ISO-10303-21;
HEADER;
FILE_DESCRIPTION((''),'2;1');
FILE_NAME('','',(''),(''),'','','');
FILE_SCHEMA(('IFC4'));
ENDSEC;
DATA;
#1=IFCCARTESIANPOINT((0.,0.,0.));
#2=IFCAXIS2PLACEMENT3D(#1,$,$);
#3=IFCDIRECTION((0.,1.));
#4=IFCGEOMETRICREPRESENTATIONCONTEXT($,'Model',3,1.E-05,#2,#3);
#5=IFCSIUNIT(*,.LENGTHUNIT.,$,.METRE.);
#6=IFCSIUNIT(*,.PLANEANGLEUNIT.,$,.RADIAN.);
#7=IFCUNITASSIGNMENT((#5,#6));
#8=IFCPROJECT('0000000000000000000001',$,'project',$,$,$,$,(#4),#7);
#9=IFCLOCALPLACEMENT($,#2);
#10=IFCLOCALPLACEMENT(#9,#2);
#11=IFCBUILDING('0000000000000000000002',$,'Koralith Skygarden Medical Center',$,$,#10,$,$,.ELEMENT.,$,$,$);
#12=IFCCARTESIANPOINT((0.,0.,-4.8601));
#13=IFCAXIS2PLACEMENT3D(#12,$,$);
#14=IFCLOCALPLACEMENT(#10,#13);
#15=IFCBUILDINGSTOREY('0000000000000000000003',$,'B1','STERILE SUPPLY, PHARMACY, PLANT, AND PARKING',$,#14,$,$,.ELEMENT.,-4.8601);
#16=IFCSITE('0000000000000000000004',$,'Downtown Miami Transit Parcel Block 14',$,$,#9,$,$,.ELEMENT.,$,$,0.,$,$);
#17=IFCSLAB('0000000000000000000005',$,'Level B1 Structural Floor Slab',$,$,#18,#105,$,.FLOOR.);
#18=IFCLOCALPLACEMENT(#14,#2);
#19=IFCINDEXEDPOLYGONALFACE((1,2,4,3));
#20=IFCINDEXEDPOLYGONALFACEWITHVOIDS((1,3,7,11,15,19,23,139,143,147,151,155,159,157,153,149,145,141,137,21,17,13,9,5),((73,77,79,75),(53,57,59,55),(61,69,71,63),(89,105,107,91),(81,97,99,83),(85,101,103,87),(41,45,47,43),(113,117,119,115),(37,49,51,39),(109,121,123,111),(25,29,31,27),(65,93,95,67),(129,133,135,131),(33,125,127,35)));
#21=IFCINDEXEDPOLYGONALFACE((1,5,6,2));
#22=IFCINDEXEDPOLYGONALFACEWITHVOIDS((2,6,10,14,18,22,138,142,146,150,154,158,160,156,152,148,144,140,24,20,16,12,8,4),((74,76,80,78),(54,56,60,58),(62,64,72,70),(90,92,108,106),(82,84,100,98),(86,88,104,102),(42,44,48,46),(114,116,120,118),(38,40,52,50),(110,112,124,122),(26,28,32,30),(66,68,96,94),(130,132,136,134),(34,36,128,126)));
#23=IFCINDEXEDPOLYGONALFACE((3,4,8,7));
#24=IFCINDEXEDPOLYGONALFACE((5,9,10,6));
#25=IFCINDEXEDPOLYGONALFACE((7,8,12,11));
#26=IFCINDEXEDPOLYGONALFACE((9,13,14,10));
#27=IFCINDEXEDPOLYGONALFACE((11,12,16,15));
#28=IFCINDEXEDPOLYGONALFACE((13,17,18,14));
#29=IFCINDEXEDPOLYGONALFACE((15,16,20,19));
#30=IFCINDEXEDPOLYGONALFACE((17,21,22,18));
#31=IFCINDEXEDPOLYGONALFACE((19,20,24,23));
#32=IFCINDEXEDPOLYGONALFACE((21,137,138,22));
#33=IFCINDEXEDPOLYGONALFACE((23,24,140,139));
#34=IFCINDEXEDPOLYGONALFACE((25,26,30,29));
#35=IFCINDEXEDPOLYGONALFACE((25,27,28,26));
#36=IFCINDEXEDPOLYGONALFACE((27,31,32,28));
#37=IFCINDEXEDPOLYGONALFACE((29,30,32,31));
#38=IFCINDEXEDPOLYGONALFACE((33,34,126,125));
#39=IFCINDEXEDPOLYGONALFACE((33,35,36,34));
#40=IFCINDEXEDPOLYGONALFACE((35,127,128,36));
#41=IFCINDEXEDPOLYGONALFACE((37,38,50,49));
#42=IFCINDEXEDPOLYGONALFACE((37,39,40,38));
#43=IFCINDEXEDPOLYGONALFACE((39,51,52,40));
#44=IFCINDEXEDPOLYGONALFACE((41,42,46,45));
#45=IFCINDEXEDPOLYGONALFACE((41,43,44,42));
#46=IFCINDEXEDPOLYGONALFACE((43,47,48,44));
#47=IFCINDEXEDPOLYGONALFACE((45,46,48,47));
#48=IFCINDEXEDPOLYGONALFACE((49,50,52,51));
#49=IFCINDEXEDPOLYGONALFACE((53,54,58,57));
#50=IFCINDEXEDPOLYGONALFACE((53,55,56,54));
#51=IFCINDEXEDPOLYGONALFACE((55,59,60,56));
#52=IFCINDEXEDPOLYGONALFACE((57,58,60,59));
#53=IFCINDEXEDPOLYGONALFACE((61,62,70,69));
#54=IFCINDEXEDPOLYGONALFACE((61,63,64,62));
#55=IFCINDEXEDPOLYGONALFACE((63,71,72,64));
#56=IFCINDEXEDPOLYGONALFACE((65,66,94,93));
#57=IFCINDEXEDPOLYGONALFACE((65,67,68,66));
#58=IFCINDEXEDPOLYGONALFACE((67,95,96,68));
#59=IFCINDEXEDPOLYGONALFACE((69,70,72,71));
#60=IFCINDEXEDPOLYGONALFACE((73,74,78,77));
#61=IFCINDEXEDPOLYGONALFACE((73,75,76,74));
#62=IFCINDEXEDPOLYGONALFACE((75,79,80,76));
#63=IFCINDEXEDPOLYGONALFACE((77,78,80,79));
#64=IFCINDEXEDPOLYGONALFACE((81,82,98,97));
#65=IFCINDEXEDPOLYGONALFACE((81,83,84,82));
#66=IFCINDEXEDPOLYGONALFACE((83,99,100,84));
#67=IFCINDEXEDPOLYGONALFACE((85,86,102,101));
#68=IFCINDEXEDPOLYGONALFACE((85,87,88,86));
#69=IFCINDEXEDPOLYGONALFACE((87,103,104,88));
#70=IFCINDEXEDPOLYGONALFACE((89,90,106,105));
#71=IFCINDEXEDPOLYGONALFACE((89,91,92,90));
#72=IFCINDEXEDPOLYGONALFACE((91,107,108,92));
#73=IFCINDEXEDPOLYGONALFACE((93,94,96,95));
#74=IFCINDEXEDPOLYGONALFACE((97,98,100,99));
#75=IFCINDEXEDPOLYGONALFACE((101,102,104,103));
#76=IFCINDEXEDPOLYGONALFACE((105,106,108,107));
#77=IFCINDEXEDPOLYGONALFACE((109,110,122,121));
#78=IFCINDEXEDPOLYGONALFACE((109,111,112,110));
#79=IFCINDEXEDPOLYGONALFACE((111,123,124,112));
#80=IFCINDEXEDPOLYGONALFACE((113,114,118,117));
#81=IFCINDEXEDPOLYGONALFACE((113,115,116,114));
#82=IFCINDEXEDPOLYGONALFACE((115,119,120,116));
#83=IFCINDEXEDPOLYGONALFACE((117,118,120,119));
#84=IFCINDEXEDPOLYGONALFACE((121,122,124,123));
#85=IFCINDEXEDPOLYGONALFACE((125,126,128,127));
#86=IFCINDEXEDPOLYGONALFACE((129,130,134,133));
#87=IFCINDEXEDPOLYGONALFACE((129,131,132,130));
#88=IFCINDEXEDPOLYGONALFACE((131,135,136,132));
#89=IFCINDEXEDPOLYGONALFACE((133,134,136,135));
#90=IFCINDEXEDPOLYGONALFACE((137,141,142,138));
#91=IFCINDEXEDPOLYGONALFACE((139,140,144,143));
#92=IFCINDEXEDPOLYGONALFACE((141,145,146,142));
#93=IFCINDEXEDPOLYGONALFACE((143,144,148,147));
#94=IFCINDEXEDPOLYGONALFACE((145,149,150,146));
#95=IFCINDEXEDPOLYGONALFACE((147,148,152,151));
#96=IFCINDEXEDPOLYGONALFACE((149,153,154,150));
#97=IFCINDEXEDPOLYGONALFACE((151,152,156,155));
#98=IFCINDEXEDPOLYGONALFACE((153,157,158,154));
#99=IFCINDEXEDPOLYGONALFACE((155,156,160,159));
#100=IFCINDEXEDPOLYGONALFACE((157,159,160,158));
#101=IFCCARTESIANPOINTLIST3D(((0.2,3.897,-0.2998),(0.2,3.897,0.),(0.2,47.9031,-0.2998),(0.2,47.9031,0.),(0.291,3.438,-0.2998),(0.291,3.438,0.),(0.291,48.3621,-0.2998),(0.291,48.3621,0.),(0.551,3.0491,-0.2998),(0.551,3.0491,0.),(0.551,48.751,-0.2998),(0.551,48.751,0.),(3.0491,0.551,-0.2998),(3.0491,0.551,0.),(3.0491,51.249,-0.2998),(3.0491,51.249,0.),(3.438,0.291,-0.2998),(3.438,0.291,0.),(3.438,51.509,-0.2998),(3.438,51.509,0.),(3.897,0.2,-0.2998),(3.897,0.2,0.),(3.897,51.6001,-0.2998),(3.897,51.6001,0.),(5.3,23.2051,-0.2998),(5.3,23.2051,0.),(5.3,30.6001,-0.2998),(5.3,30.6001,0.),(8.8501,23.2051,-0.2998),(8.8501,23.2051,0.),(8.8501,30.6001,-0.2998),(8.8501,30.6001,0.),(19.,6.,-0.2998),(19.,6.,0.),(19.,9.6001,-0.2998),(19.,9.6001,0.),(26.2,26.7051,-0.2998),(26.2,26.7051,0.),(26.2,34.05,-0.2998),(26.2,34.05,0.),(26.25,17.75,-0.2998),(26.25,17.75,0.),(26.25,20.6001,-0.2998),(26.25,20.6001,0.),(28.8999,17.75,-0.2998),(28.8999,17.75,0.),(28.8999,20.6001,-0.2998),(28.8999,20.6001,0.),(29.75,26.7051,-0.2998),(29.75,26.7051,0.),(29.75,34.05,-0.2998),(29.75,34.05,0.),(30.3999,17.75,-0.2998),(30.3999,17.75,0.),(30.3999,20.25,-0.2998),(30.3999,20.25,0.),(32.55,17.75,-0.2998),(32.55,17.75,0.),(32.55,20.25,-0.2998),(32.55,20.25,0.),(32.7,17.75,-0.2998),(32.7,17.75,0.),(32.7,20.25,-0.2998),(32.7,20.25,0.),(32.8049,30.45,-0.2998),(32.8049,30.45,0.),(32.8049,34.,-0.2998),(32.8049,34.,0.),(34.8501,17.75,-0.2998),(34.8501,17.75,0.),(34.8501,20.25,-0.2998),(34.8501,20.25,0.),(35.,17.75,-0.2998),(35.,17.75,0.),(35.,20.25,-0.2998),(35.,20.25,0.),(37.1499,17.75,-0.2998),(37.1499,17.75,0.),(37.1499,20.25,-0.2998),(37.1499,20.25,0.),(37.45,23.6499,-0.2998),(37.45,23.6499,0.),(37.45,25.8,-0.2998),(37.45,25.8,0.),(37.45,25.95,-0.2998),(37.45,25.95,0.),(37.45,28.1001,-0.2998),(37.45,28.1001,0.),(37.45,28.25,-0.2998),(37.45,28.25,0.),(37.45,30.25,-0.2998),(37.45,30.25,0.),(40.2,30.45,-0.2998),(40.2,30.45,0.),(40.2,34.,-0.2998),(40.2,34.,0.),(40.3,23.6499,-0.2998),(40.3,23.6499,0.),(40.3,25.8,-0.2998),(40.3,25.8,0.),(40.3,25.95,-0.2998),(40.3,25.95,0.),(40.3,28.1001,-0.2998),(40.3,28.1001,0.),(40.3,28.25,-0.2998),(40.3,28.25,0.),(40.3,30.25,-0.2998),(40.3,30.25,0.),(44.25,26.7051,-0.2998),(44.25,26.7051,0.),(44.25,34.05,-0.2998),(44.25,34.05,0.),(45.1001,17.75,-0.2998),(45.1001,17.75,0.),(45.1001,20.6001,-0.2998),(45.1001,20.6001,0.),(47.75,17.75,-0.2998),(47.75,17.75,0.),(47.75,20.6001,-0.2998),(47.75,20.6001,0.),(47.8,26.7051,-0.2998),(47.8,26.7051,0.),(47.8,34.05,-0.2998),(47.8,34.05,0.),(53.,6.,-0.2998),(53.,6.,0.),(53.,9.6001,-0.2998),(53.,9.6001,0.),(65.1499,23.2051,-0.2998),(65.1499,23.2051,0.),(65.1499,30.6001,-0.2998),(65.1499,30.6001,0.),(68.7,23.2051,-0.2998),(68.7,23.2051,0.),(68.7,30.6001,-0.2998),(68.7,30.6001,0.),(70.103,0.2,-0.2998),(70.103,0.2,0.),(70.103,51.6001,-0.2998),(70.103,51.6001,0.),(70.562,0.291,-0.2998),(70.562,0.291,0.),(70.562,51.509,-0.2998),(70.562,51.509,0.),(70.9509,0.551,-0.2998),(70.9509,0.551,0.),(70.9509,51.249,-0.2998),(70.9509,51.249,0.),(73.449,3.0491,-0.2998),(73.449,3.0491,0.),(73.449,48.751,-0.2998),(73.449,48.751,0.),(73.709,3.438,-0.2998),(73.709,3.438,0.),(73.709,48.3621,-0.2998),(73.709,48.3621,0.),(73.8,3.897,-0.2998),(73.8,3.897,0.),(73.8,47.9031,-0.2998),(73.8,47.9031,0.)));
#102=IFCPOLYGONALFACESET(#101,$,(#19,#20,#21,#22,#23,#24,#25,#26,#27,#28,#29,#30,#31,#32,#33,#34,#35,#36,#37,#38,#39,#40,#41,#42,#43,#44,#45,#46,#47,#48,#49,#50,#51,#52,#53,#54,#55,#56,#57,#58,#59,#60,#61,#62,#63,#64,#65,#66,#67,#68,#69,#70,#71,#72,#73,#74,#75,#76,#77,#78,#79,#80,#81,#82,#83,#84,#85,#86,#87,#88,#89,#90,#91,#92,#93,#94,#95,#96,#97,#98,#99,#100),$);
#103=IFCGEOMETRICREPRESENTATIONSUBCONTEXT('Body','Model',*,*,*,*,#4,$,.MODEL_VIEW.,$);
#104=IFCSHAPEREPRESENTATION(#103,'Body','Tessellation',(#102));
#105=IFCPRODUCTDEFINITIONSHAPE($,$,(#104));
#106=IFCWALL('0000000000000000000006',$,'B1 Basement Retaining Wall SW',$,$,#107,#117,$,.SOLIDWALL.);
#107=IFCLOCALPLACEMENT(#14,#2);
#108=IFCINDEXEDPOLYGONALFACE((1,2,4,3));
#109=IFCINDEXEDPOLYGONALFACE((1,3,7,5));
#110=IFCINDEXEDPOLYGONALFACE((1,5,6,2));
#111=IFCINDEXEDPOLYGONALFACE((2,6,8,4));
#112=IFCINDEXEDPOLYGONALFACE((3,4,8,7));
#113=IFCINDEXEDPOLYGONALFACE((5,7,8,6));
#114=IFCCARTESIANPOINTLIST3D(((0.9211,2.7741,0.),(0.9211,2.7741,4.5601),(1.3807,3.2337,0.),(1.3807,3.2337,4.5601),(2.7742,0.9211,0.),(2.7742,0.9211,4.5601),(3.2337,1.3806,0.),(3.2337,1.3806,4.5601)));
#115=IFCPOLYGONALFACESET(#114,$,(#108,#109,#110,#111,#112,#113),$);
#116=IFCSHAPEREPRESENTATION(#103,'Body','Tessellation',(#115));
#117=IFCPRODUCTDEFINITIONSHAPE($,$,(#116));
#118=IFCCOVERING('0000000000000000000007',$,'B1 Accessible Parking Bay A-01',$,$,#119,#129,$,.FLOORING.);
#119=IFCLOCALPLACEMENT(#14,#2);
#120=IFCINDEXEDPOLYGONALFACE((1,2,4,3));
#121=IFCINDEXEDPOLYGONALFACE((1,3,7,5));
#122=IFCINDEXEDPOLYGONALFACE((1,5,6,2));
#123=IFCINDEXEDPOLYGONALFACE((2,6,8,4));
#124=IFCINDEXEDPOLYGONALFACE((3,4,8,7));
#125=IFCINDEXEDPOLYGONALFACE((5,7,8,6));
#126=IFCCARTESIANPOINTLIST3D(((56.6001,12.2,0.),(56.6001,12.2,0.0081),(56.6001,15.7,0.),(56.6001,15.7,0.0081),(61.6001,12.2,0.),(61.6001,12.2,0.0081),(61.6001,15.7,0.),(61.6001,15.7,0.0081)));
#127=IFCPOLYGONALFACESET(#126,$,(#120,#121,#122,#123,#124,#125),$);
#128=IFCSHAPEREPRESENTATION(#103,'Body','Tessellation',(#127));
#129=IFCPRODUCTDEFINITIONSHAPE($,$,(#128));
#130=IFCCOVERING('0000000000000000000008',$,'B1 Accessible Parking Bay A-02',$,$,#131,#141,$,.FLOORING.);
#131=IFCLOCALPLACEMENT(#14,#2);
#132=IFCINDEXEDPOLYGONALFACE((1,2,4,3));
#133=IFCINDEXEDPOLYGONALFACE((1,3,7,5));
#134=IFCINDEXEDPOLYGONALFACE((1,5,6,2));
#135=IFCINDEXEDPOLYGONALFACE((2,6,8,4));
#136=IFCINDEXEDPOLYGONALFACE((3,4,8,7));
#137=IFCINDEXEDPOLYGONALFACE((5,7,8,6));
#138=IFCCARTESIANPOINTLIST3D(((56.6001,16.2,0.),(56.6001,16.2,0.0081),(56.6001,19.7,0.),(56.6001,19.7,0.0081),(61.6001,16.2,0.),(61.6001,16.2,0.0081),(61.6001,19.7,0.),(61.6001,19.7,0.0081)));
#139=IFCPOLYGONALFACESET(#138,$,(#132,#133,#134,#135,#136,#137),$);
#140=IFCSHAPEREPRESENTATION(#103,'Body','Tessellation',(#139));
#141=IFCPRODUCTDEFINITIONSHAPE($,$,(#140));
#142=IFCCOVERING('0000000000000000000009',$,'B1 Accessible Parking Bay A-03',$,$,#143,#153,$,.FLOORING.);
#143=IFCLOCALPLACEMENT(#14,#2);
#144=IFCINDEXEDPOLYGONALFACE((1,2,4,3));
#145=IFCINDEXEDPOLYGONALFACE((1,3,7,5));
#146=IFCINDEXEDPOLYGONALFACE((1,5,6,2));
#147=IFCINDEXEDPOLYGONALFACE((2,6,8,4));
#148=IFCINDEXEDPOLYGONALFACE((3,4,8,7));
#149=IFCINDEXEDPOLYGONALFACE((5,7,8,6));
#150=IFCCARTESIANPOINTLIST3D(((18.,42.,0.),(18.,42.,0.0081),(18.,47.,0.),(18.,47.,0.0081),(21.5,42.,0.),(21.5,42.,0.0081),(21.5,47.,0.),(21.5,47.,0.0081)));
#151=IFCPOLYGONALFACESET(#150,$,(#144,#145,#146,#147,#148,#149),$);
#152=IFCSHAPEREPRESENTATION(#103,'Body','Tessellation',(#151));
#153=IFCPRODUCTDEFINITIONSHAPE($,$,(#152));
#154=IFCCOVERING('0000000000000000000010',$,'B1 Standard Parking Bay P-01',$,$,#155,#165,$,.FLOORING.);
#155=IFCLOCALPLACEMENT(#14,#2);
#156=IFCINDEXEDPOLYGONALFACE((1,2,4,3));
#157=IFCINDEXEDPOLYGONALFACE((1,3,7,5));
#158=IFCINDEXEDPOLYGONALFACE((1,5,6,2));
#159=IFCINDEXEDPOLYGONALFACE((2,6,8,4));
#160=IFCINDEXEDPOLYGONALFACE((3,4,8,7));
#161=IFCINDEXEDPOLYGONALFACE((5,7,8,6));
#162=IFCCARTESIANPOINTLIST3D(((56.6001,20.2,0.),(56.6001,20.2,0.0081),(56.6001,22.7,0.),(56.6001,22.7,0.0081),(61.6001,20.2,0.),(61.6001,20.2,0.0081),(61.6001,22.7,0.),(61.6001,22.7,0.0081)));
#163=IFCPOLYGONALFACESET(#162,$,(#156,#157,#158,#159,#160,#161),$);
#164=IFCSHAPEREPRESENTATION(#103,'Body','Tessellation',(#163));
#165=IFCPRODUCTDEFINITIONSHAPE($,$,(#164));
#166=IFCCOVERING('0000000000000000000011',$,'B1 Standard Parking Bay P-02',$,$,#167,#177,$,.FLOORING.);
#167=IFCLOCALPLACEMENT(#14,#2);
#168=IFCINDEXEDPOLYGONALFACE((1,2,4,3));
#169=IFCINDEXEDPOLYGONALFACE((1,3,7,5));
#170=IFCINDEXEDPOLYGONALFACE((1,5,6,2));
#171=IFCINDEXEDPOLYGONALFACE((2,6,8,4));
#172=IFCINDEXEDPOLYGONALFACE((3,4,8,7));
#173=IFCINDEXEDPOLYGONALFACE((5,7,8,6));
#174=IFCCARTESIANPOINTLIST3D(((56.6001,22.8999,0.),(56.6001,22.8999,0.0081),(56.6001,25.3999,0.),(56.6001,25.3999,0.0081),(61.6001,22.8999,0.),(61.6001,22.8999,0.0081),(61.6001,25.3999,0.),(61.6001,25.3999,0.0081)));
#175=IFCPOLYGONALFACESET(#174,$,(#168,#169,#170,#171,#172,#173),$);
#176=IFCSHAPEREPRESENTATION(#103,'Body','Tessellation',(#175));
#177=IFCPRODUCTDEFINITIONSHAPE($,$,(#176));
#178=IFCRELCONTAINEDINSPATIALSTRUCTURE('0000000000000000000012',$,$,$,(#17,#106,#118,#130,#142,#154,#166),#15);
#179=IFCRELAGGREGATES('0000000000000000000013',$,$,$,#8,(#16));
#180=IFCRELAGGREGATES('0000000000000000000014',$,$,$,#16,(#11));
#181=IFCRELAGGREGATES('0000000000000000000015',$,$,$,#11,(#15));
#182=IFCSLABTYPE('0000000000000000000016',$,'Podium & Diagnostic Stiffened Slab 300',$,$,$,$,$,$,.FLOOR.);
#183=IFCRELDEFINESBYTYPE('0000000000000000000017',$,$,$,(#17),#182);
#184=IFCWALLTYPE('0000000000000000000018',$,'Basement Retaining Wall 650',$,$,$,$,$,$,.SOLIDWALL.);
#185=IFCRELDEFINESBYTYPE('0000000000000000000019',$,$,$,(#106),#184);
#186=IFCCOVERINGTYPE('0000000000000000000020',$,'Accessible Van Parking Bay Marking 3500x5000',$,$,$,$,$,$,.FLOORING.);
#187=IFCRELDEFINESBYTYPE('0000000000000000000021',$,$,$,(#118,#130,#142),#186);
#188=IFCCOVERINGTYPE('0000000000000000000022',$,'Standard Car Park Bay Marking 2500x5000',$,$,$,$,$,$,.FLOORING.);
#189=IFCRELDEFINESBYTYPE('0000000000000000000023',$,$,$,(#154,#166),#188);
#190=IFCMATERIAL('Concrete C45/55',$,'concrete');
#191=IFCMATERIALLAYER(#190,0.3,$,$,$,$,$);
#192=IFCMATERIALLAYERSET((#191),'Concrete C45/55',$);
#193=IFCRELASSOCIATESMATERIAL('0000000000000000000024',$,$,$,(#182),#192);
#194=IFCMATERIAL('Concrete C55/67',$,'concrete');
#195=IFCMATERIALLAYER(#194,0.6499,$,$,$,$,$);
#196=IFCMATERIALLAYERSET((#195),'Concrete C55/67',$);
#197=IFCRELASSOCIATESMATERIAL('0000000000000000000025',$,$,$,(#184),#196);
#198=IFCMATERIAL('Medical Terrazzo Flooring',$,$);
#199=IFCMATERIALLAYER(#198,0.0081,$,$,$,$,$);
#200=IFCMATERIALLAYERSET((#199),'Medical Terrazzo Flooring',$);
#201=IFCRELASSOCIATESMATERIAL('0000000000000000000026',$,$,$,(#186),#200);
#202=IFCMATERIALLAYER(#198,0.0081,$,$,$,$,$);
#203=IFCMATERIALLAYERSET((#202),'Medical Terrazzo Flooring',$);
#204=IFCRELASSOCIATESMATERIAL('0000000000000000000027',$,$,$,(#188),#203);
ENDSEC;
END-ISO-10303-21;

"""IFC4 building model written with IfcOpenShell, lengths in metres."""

from ifc_helpers import new_model, si_unit, direction, frame, frame_2d, origin, place, context, subcontext, project, spatial, polyline, rectangle, outline, extrude, material, layer, layer_set, type_object, element, save


model = new_model("IFC4")

# Units and contexts
model_context = context("Model", 3, precision=1e-05, world=origin(), true_north=direction((0.0, 1.0)))
body_context = subcontext(model_context, "Body", "Model", "MODEL_VIEW")
ifc_project = project(units=[si_unit("LENGTHUNIT", "METRE"), si_unit("PLANEANGLEUNIT", "RADIAN")], contexts=[model_context])

# Site, building, storey
site_placement = place(None, origin())
site = spatial("IfcSite", under=ifc_project, at=site_placement, Name="Downtown Miami Transit Parcel Block 14", CompositionType="ELEMENT", RefElevation=0.0)
building_placement = place(site_placement, origin())
building = spatial("IfcBuilding", under=site, at=building_placement, Name="Koralith Skygarden Medical Center", CompositionType="ELEMENT")
storey_placement = place(building_placement, frame((0.0, 0.0, -4.8601)))
storey = spatial("IfcBuildingStorey", under=building, at=storey_placement, Name="B1", Description="STERILE SUPPLY, PHARMACY, PLANT, AND PARKING", CompositionType="ELEMENT", Elevation=-4.8601)

# Shared definitions
ifc_material_1 = material(Name="Concrete C55/67", Category="concrete")

# Shared definitions
ifc_material_2 = material(Name="Concrete C45/55", Category="concrete")

# Slab
ifc_layer_1 = layer(ifc_material_2, 0.3)
ifc_layer_set_1 = layer_set([ifc_layer_1], Name="Concrete C45/55")
slab_type_1 = type_object("IfcSlabType", Name="Podium & Diagnostic Stiffened Slab 300", PredefinedType="FLOOR", material=ifc_layer_set_1)
slab_1_placement = place(storey_placement, frame((0.0, 0.0, -0.2998)))
element("IfcSlab", 1, at=slab_1_placement, inside=storey, type_object=slab_type_1, Name="Level B1 Structural Floor Slab", PredefinedType="FLOOR", context=body_context, shape_type="SweptSolid", body=[
    extrude(outline(polyline([(3.0491, 0.551), (3.438, 0.291), (3.897, 0.2), (70.103, 0.2), (70.562, 0.291), (70.9509, 0.551), (73.449, 3.0491), (73.709, 3.438), (73.8, 3.897), (73.8, 47.9031), (73.709, 48.3621), (73.449, 48.751), (70.9509, 51.249), (70.562, 51.509), (70.103, 51.6001), (3.897, 51.6001), (3.438, 51.509), (3.0491, 51.249), (0.551, 48.751), (0.291, 48.3621), (0.2, 47.9031), (0.2, 3.897), (0.291, 3.438), (0.551, 3.0491), (3.0491, 0.551)]), holes=[polyline([(26.2, 26.7051), (29.75, 26.7051), (29.75, 34.05), (26.2, 34.05), (26.2, 26.7051)]), polyline([(44.25, 26.7051), (47.8, 26.7051), (47.8, 34.05), (44.25, 34.05), (44.25, 26.7051)]), polyline([(32.8049, 30.45), (40.2, 30.45), (40.2, 34.0), (32.8049, 34.0), (32.8049, 30.45)]), polyline([(5.3, 23.2051), (8.8501, 23.2051), (8.8501, 30.6001), (5.3, 30.6001), (5.3, 23.2051)]), polyline([(65.1499, 23.2051), (68.7, 23.2051), (68.7, 30.6001), (65.1499, 30.6001), (65.1499, 23.2051)]), polyline([(26.25, 17.75), (28.8999, 17.75), (28.8999, 20.6001), (26.25, 20.6001), (26.25, 17.75)]), polyline([(45.1001, 17.75), (47.75, 17.75), (47.75, 20.6001), (45.1001, 20.6001), (45.1001, 17.75)]), polyline([(30.3999, 17.75), (32.55, 17.75), (32.55, 20.25), (30.3999, 20.25), (30.3999, 17.75)]), polyline([(32.7, 17.75), (34.8501, 17.75), (34.8501, 20.25), (32.7, 20.25), (32.7, 17.75)]), polyline([(35.0, 17.75), (37.1499, 17.75), (37.1499, 20.25), (35.0, 20.25), (35.0, 17.75)]), polyline([(37.45, 23.6499), (40.3, 23.6499), (40.3, 25.8), (37.45, 25.8), (37.45, 23.6499)]), polyline([(37.45, 25.95), (40.3, 25.95), (40.3, 28.1001), (37.45, 28.1001), (37.45, 25.95)]), polyline([(37.45, 28.25), (40.3, 28.25), (40.3, 30.25), (37.45, 30.25), (37.45, 28.25)]), polyline([(19.0, 6.0), (53.0, 6.0), (53.0, 9.6001), (19.0, 9.6001), (19.0, 6.0)])]), origin(), (0.0, 0.0, 1.0), 0.2998),
])

# Wall
ifc_layer_2 = layer(ifc_material_1, 0.6499)
ifc_layer_set_2 = layer_set([ifc_layer_2], Name="Concrete C55/67")
wall_type = type_object("IfcWallType", Name="Basement Retaining Wall 650", PredefinedType="SOLIDWALL", material=ifc_layer_set_2)
wall_placement = place(storey_placement, frame((1.1509, 3.0039, 0.0), z_axis=(0.0, 0.0, 1.0), x_axis=(0.707107, -0.707107, 0.0)))
element("IfcWall", 2, at=wall_placement, inside=storey, type_object=wall_type, Name="B1 Basement Retaining Wall SW", PredefinedType="SOLIDWALL", context=body_context, shape_type="SweptSolid", body=[
    extrude(rectangle(XDim=2.6206, YDim=0.6499, at=frame_2d((1.3103, 0.0))), origin(), (0.0, 0.0, 1.0), 4.5601),
])

# Coverings
ifc_material_3 = material(Name="Medical Terrazzo Flooring")
ifc_layer_3 = layer(ifc_material_3, 0.0081)
ifc_layer_set_3 = layer_set([ifc_layer_3], Name="Medical Terrazzo Flooring")
covering_type_1 = type_object("IfcCoveringType", Name="Accessible Van Parking Bay Marking 3500x5000", PredefinedType="FLOORING", material=ifc_layer_set_3)
covering_1_placement = place(storey_placement, origin())
element("IfcCovering", 3, at=covering_1_placement, inside=storey, type_object=covering_type_1, Name="B1 Accessible Parking Bay A-01", PredefinedType="FLOORING", context=body_context, shape_type="SweptSolid", body=[
    extrude(outline(polyline([(56.6001, 12.2), (61.6001, 12.2), (61.6001, 15.7), (56.6001, 15.7), (56.6001, 12.2)])), origin(), (0.0, 0.0, 1.0), 0.0081),
])
covering_2_placement = place(storey_placement, origin())
element("IfcCovering", 4, at=covering_2_placement, inside=storey, type_object=covering_type_1, Name="B1 Accessible Parking Bay A-02", PredefinedType="FLOORING", context=body_context, shape_type="SweptSolid", body=[
    extrude(outline(polyline([(56.6001, 16.2), (61.6001, 16.2), (61.6001, 19.7), (56.6001, 19.7), (56.6001, 16.2)])), origin(), (0.0, 0.0, 1.0), 0.0081),
])
covering_3_placement = place(storey_placement, origin())
element("IfcCovering", 5, at=covering_3_placement, inside=storey, type_object=covering_type_1, Name="B1 Accessible Parking Bay A-03", PredefinedType="FLOORING", context=body_context, shape_type="SweptSolid", body=[
    extrude(outline(polyline([(18.0, 42.0), (21.5, 42.0), (21.5, 47.0), (18.0, 47.0), (18.0, 42.0)])), origin(), (0.0, 0.0, 1.0), 0.0081),
])
ifc_layer_4 = layer(ifc_material_3, 0.0081)
ifc_layer_set_4 = layer_set([ifc_layer_4], Name="Medical Terrazzo Flooring")
covering_type_2 = type_object("IfcCoveringType", Name="Standard Car Park Bay Marking 2500x5000", PredefinedType="FLOORING", material=ifc_layer_set_4)
covering_4_placement = place(storey_placement, origin())
element("IfcCovering", 6, at=covering_4_placement, inside=storey, type_object=covering_type_2, Name="B1 Standard Parking Bay P-01", PredefinedType="FLOORING", context=body_context, shape_type="SweptSolid", body=[
    extrude(outline(polyline([(56.6001, 20.2), (61.6001, 20.2), (61.6001, 22.7), (56.6001, 22.7), (56.6001, 20.2)])), origin(), (0.0, 0.0, 1.0), 0.0081),
])
covering_5_placement = place(storey_placement, origin())
element("IfcCovering", 7, at=covering_5_placement, inside=storey, type_object=covering_type_2, Name="B1 Standard Parking Bay P-02", PredefinedType="FLOORING", context=body_context, shape_type="SweptSolid", body=[
    extrude(outline(polyline([(56.6001, 22.8999), (61.6001, 22.8999), (61.6001, 25.3999), (56.6001, 25.3999), (56.6001, 22.8999)])), origin(), (0.0, 0.0, 1.0), 0.0081),
])

save(model, "model.ifc")
